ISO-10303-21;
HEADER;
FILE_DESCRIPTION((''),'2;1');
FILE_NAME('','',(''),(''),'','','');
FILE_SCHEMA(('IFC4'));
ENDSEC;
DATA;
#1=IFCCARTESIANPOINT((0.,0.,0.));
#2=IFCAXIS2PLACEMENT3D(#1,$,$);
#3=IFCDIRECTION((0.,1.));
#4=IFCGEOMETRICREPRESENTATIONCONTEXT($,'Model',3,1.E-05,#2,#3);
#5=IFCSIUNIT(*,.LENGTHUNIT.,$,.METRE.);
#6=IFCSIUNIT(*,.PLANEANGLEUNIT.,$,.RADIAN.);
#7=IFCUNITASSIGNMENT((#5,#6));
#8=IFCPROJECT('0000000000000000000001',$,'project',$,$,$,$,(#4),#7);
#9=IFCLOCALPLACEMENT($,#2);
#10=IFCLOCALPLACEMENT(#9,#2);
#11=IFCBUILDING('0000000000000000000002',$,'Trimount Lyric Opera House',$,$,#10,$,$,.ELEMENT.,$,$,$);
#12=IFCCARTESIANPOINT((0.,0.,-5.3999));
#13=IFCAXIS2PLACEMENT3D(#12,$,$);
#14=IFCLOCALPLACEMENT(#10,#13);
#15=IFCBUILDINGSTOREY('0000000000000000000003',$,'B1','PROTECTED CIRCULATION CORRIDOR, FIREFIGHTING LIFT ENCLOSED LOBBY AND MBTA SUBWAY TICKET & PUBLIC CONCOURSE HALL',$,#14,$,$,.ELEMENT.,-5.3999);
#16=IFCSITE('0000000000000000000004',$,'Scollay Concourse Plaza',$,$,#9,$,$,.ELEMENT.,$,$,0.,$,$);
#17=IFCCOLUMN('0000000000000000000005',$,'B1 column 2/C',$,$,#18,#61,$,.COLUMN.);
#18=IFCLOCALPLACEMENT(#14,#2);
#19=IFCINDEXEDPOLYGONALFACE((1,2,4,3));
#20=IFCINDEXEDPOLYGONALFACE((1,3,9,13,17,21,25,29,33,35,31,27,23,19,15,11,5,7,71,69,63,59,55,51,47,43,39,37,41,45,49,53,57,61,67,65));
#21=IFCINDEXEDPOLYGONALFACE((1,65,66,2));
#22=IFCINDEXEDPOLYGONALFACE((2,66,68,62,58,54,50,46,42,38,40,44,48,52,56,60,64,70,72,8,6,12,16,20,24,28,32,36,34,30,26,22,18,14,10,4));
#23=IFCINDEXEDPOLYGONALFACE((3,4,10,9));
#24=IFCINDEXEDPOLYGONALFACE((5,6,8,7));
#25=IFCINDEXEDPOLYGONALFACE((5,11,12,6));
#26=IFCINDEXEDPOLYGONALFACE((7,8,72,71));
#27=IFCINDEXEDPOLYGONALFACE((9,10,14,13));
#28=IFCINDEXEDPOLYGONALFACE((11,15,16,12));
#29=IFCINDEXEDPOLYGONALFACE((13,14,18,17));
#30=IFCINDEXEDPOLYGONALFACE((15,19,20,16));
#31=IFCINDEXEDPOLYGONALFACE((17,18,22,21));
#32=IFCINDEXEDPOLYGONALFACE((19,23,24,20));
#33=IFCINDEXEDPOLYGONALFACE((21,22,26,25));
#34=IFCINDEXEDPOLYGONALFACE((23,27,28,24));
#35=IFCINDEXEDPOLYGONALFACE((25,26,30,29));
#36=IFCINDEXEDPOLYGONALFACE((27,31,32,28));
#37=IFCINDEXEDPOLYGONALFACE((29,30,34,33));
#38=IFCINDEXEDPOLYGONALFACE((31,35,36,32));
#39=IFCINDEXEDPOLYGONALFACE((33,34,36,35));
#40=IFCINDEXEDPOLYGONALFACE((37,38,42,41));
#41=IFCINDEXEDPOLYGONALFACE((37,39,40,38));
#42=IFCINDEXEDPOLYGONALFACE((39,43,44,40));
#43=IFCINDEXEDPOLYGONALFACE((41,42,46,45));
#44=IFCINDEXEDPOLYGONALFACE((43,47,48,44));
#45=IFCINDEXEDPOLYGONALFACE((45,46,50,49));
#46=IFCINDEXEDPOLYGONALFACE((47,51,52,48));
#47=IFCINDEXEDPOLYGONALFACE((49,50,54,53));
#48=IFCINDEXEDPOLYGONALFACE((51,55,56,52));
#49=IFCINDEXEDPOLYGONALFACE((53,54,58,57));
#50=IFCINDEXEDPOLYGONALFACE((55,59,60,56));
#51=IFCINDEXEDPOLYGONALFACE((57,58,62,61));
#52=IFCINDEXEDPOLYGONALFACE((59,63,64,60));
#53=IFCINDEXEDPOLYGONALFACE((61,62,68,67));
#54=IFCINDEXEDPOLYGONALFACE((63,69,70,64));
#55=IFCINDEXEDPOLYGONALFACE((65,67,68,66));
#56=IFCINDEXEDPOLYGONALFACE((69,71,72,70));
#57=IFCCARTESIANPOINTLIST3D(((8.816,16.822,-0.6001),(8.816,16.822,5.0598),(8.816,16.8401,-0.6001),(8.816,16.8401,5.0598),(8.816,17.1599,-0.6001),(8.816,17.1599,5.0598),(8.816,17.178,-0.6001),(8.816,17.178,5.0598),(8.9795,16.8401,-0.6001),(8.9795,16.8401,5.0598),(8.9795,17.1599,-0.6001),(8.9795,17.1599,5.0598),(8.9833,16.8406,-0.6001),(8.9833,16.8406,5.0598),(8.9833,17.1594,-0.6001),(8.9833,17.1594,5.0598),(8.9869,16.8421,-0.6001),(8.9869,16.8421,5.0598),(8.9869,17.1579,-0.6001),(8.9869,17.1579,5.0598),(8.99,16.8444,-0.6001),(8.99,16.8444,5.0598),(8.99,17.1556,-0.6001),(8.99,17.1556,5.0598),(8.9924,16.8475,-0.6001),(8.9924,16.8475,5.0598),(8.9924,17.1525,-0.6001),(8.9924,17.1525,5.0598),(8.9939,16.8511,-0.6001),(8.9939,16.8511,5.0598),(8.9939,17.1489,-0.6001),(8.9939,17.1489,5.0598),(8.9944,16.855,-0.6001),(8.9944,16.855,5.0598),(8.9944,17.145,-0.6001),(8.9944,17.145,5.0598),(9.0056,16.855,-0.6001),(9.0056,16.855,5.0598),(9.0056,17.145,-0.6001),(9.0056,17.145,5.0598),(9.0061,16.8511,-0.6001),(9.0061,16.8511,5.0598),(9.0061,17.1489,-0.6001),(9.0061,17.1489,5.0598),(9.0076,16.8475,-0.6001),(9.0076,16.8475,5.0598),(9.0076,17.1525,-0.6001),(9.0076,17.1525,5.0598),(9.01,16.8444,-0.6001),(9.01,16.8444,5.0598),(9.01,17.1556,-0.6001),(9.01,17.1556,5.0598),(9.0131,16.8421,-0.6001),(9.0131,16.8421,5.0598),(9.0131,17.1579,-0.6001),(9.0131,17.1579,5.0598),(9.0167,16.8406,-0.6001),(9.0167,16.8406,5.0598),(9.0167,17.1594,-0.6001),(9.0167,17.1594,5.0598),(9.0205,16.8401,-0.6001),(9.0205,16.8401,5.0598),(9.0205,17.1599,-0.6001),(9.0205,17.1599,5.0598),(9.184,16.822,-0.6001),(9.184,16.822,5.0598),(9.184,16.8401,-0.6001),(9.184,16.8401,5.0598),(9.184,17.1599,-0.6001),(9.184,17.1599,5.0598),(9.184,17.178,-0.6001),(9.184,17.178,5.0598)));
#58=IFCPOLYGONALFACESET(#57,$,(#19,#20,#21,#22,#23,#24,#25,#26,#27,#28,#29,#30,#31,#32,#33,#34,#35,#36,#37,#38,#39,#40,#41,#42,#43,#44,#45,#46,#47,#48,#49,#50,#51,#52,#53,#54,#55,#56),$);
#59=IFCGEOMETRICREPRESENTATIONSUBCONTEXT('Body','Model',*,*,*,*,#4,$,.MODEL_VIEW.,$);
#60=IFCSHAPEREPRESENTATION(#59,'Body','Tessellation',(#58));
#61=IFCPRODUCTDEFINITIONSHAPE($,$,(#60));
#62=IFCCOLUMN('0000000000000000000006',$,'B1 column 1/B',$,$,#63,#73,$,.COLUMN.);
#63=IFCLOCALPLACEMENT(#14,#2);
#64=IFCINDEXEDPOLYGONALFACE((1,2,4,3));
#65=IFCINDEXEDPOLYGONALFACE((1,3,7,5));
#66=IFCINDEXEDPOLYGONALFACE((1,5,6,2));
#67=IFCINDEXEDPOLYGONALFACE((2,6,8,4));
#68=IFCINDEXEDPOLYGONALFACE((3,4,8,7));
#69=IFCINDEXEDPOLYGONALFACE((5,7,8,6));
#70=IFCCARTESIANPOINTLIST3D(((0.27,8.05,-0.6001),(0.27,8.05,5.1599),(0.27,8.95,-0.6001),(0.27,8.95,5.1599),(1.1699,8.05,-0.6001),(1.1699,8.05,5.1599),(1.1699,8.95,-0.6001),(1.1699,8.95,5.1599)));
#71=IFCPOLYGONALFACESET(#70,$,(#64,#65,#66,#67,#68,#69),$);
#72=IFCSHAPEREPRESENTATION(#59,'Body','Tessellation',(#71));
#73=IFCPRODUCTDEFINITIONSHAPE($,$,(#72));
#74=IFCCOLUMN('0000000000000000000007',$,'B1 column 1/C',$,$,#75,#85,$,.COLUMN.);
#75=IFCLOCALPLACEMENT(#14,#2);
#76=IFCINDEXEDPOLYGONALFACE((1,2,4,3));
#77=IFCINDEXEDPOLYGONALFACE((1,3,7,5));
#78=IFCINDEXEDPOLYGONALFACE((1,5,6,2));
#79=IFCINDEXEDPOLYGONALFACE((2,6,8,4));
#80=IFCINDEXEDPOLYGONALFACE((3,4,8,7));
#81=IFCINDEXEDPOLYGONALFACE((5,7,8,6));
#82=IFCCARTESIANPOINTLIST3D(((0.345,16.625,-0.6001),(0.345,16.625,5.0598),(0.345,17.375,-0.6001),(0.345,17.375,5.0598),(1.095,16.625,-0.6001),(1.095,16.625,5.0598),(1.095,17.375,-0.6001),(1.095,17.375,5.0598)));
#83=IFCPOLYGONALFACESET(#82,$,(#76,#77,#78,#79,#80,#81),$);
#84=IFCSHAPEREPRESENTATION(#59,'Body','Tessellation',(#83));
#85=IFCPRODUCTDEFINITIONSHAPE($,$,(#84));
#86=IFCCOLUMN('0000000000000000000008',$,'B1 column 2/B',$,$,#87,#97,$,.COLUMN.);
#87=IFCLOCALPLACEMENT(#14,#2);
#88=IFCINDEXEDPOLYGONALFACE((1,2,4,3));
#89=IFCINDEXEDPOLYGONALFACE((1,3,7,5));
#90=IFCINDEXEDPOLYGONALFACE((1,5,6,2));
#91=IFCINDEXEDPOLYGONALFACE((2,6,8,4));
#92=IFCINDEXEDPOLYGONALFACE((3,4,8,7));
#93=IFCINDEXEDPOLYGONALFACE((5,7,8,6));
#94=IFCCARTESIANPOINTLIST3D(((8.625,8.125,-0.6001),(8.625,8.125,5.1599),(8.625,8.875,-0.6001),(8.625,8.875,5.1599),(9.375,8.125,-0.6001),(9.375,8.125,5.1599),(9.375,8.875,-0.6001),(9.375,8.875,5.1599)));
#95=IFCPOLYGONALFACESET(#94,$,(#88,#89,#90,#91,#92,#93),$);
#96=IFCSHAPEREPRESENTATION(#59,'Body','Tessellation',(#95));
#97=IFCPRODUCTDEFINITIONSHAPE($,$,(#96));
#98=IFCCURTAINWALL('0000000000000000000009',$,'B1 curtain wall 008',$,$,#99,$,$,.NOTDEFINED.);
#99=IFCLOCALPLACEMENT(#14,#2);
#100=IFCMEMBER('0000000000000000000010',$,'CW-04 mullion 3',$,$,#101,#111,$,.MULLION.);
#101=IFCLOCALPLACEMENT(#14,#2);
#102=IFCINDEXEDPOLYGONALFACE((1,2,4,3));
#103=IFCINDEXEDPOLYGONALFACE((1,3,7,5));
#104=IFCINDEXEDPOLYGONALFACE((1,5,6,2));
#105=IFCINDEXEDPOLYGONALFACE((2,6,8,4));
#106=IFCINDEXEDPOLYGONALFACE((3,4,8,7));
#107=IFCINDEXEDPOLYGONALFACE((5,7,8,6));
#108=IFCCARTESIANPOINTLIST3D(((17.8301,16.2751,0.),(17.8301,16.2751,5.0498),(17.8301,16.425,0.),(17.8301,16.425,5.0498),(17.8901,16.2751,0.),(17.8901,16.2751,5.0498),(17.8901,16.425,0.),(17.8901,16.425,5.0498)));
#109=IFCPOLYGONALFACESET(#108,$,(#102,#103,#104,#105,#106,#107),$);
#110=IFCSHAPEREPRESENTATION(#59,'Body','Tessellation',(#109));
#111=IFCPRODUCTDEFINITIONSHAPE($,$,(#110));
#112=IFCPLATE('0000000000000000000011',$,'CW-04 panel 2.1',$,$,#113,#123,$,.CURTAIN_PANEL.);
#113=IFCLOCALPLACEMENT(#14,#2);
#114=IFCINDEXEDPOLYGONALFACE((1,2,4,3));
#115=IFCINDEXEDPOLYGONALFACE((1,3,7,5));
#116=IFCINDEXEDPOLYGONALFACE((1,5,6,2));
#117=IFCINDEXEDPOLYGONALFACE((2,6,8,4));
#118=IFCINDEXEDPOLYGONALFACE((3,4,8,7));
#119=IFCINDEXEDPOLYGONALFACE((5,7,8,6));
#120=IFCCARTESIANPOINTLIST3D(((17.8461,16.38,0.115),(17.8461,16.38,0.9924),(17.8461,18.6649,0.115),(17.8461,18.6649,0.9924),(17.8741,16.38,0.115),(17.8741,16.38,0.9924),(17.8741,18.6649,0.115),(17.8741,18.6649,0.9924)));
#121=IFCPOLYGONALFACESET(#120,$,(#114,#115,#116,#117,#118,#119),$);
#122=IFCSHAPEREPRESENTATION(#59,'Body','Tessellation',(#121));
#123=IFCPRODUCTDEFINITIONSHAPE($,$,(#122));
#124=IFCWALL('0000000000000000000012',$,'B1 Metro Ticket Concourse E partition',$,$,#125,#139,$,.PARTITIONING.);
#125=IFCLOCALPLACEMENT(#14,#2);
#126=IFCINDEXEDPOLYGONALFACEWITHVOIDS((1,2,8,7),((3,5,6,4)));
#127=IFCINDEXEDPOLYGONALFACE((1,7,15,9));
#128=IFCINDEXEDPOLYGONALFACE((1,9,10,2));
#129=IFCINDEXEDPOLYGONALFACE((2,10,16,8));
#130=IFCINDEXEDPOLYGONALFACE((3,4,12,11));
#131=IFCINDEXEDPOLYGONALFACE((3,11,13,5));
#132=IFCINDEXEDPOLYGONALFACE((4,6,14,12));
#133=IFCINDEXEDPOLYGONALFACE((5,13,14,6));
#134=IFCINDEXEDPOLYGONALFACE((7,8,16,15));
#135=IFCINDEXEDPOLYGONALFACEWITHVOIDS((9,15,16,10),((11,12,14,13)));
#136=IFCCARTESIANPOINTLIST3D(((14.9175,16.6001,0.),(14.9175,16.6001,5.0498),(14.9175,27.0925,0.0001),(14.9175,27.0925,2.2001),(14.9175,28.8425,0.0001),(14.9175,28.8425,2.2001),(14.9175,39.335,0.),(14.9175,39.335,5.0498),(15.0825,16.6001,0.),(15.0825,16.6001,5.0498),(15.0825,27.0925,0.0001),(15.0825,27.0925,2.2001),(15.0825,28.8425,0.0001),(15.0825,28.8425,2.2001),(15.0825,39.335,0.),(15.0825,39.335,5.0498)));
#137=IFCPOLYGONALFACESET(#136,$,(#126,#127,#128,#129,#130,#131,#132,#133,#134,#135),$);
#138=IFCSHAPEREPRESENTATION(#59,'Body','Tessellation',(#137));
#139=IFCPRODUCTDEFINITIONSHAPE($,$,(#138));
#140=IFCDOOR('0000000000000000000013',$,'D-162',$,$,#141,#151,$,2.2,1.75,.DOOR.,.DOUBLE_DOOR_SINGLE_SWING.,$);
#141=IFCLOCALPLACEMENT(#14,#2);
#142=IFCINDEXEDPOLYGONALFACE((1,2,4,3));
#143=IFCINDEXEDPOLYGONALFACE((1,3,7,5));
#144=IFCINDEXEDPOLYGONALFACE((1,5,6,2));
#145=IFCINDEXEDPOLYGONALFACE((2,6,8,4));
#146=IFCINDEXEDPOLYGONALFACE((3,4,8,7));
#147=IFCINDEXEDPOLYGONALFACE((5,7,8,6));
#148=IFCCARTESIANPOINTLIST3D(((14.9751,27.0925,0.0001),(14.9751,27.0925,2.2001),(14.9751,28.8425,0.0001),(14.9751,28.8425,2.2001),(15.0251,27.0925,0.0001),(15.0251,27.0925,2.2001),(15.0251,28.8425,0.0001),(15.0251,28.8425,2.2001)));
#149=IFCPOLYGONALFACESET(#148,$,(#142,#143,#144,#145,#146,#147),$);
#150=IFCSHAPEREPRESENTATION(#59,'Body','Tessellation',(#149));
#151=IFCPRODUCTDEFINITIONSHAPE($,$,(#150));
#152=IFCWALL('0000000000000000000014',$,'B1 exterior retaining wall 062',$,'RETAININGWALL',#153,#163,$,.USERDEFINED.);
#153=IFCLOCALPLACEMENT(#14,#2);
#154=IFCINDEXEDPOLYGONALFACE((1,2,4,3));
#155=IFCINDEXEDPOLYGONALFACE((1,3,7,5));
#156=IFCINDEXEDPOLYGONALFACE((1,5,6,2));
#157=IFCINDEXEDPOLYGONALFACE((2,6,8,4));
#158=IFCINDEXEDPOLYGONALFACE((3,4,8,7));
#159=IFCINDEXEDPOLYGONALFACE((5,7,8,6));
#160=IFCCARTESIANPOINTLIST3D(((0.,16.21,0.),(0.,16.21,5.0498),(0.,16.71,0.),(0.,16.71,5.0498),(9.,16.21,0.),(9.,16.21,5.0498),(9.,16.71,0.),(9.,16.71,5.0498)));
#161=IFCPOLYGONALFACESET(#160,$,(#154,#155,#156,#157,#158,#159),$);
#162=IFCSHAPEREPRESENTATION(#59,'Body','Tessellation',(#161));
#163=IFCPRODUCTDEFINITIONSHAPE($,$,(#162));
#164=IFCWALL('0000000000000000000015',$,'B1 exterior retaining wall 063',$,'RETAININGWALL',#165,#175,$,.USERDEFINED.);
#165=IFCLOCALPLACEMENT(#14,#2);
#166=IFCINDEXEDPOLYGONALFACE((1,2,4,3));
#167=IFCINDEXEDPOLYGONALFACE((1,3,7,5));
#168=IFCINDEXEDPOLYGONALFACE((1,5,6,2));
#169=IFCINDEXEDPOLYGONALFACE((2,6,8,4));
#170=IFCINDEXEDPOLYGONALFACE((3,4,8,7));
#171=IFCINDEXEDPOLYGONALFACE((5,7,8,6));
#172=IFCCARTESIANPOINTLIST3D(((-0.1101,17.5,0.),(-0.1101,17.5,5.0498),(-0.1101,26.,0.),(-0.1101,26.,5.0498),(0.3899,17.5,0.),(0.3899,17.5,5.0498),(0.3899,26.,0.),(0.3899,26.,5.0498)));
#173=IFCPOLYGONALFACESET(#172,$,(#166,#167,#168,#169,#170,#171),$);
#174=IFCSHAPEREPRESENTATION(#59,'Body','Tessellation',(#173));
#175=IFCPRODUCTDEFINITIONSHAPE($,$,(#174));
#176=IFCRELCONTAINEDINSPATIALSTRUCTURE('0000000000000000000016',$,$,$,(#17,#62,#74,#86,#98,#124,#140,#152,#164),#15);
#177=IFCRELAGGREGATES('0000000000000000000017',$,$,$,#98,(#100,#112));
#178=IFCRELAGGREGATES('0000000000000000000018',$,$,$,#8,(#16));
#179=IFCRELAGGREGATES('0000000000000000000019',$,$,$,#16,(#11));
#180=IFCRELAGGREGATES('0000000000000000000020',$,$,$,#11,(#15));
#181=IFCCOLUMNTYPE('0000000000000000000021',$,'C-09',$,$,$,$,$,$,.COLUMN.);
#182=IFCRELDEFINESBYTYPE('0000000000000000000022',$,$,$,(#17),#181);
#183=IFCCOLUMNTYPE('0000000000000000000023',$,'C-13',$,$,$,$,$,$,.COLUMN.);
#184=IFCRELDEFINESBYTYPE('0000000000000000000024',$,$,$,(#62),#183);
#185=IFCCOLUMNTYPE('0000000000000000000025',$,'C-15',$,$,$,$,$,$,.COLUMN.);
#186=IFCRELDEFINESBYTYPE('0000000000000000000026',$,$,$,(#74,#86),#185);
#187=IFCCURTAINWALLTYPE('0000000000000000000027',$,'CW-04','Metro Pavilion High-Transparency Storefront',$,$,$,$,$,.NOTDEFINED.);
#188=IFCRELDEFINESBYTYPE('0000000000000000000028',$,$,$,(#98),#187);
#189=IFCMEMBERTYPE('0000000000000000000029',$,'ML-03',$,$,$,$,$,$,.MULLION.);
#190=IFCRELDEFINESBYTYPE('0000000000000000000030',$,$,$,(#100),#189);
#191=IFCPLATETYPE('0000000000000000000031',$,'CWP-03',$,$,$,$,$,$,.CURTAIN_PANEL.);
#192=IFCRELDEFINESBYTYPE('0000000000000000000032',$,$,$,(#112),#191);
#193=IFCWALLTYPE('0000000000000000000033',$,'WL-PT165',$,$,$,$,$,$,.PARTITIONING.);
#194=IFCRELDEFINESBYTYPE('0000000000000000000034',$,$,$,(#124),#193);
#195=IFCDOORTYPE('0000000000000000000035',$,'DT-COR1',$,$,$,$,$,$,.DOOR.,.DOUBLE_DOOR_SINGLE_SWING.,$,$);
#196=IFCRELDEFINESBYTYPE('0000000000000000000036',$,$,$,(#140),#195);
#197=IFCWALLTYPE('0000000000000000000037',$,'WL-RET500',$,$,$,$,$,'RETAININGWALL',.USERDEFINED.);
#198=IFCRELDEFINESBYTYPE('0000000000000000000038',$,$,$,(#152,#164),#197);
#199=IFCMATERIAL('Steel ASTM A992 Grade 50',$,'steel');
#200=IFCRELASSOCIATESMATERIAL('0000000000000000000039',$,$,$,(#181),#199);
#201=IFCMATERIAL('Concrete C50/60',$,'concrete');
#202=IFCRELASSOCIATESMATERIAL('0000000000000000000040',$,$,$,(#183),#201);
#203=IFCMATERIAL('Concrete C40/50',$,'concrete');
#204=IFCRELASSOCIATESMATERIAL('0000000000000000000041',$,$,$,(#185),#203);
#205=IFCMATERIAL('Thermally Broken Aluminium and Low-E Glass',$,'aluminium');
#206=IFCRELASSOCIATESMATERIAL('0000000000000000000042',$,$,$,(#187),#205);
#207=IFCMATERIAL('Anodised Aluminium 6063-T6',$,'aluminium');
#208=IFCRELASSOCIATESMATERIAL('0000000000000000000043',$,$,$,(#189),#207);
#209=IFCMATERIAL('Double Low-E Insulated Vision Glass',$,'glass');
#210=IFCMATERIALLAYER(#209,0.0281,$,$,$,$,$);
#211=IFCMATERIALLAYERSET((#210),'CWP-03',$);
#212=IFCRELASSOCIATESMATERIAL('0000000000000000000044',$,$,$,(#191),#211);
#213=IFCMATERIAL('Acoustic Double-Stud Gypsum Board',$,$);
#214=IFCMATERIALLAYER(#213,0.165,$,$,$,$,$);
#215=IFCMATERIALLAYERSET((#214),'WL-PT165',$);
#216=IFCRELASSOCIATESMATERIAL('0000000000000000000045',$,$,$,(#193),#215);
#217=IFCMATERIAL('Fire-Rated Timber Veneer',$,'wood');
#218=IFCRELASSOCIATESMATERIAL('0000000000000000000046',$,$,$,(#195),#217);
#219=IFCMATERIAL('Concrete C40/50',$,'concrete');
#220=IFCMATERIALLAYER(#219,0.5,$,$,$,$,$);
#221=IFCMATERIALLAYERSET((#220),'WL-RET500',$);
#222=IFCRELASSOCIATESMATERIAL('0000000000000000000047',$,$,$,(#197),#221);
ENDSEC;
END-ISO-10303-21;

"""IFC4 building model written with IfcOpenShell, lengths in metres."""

from ifc_helpers import new_model, si_unit, direction, frame, frame_2d, origin, origin_2d, place, context, subcontext, project, spatial, rectangle, i_section, extrude, material, layer, layer_set, material_profile, profile_set, type_object, element, fill, aggregate, save


model = new_model("IFC4")

# Units and contexts
model_context = context("Model", 3, precision=1e-05, world=origin(), true_north=direction((0.0, 1.0)))
body_context = subcontext(model_context, "Body", "Model", "MODEL_VIEW")
ifc_project = project(units=[si_unit("LENGTHUNIT", "METRE"), si_unit("PLANEANGLEUNIT", "RADIAN")], contexts=[model_context])

# Site, building, storey
site_placement = place(None, origin())
site = spatial("IfcSite", under=ifc_project, at=site_placement, Name="Scollay Concourse Plaza", CompositionType="ELEMENT", RefElevation=0.0)
building_placement = place(site_placement, origin())
building = spatial("IfcBuilding", under=site, at=building_placement, Name="Trimount Lyric Opera House", CompositionType="ELEMENT")
storey_placement = place(building_placement, frame((0.0, 0.0, -5.3999)))
storey = spatial("IfcBuildingStorey", under=building, at=storey_placement, Name="B1", Description="PROTECTED CIRCULATION CORRIDOR, FIREFIGHTING LIFT ENCLOSED LOBBY AND MBTA SUBWAY TICKET & PUBLIC CONCOURSE HALL", CompositionType="ELEMENT", Elevation=-5.3999)

# Columns
ifc_material_1 = material(Name="Steel ASTM A992 Grade 50", Category="steel")
ifc_material_profile_1 = material_profile(ifc_material_1, i_section(OverallWidth=0.3679, OverallDepth=0.356, WebThickness=0.0112, FlangeThickness=0.0181, FilletRadius=0.0149, at=origin_2d()), Name="W14X90")
ifc_profile_set_1 = profile_set([ifc_material_profile_1], Name="Steel ASTM A992 Grade 50")
column_type_1 = type_object("IfcColumnType", Name="C-09", PredefinedType="COLUMN", material=ifc_profile_set_1)
column_1_placement = place(storey_placement, frame((9.0, 17.0, -0.6001), z_axis=(0.0, 0.0, 1.0), x_axis=(1.0, 0.0, 0.0)))
element("IfcColumn", 1, at=column_1_placement, inside=storey, type_object=column_type_1, Name="B1 column 2/C", PredefinedType="COLUMN", context=body_context, shape_type="SweptSolid", body=[
    extrude(i_section(OverallWidth=0.3679, OverallDepth=0.356, WebThickness=0.0112, FlangeThickness=0.0181, FilletRadius=0.0149, at=origin_2d()), origin(), (0.0, 0.0, 1.0), 5.6599),
])
ifc_material_2 = material(Name="Concrete C50/60", Category="concrete")
ifc_material_profile_2 = material_profile(ifc_material_2, rectangle(XDim=0.8999, YDim=0.8999, at=origin_2d()), Name="RC900X900")
ifc_profile_set_2 = profile_set([ifc_material_profile_2], Name="Concrete C50/60")
column_type_2 = type_object("IfcColumnType", Name="C-13", PredefinedType="COLUMN", material=ifc_profile_set_2)
column_2_placement = place(storey_placement, frame((0.72, 8.5, -0.6001), z_axis=(0.0, 0.0, 1.0), x_axis=(1.0, 0.0, 0.0)))
element("IfcColumn", 2, at=column_2_placement, inside=storey, type_object=column_type_2, Name="B1 column 1/B", PredefinedType="COLUMN", context=body_context, shape_type="SweptSolid", body=[
    extrude(rectangle(XDim=0.8999, YDim=0.8999, at=origin_2d()), origin(), (0.0, 0.0, 1.0), 5.76),
])
ifc_material_3 = material(Name="Concrete C40/50", Category="concrete")
ifc_material_profile_3 = material_profile(ifc_material_3, rectangle(XDim=0.75, YDim=0.75, at=origin_2d()), Name="RC750X750")
ifc_profile_set_3 = profile_set([ifc_material_profile_3], Name="Concrete C40/50")
column_type_3 = type_object("IfcColumnType", Name="C-15", PredefinedType="COLUMN", material=ifc_profile_set_3)
column_3_placement = place(storey_placement, frame((0.72, 17.0, -0.6001), z_axis=(0.0, 0.0, 1.0), x_axis=(1.0, 0.0, 0.0)))
element("IfcColumn", 3, at=column_3_placement, inside=storey, type_object=column_type_3, Name="B1 column 1/C", PredefinedType="COLUMN", context=body_context, shape_type="SweptSolid", body=[
    extrude(rectangle(XDim=0.75, YDim=0.75, at=origin_2d()), origin(), (0.0, 0.0, 1.0), 5.6599),
])
column_4_placement = place(storey_placement, frame((9.0, 8.5, -0.6001), z_axis=(0.0, 0.0, 1.0), x_axis=(1.0, 0.0, 0.0)))
element("IfcColumn", 4, at=column_4_placement, inside=storey, type_object=column_type_3, Name="B1 column 2/B", PredefinedType="COLUMN", context=body_context, shape_type="SweptSolid", body=[
    extrude(rectangle(XDim=0.75, YDim=0.75, at=origin_2d()), origin(), (0.0, 0.0, 1.0), 5.76),
])

# Curtain wall, member, plate
ifc_material_4 = material(Name="Thermally Broken Aluminium and Low-E Glass", Category="aluminium")
curtain_wall_type = type_object("IfcCurtainWallType", Name="CW-04", Description="Metro Pavilion High-Transparency Storefront", PredefinedType="NOTDEFINED", material=ifc_material_4)
curtain_wall_placement = place(storey_placement, origin())
curtain_wall = element("IfcCurtainWall", 5, at=curtain_wall_placement, inside=storey, type_object=curtain_wall_type, Name="B1 curtain wall 008", PredefinedType="NOTDEFINED")
ifc_material_5 = material(Name="Anodised Aluminium 6063-T6", Category="aluminium")
ifc_material_profile_4 = material_profile(ifc_material_5, rectangle(XDim=0.0601, YDim=0.1499, at=origin_2d()), Name="ALU-MULL-60X150")
ifc_profile_set_4 = profile_set([ifc_material_profile_4], Name="Anodised Aluminium 6063-T6")
member_type = type_object("IfcMemberType", Name="ML-03", PredefinedType="MULLION", material=ifc_profile_set_4)
member_placement = place(storey_placement, frame((17.8601, 16.3501, 0.0), z_axis=(0.0, 0.0, 1.0), x_axis=(1.0, 0.0, 0.0)))
member = element("IfcMember", 6, at=member_placement, type_object=member_type, Name="CW-04 mullion 3", PredefinedType="MULLION", context=body_context, shape_type="SweptSolid", body=[
    extrude(rectangle(XDim=0.0601, YDim=0.1499, at=origin_2d()), origin(), (0.0, 0.0, 1.0), 5.0498),
])
ifc_material_6 = material(Name="Double Low-E Insulated Vision Glass", Category="glass")
ifc_layer_1 = layer(ifc_material_6, 0.0281)
ifc_layer_set_1 = layer_set([ifc_layer_1], Name="CWP-03")
plate_type = type_object("IfcPlateType", Name="CWP-03", PredefinedType="CURTAIN_PANEL", material=ifc_layer_set_1)
plate_placement = place(storey_placement, frame((17.8601, 17.5225, 0.115), z_axis=(0.0, 0.0, 1.0), x_axis=(0.0, -1.0, 0.0)))
plate = element("IfcPlate", 7, at=plate_placement, type_object=plate_type, Name="CW-04 panel 2.1", PredefinedType="CURTAIN_PANEL", context=body_context, shape_type="SweptSolid", body=[
    extrude(rectangle(XDim=2.2849, YDim=0.0281, at=origin_2d()), origin(), (0.0, 0.0, 1.0), 0.8774),
])
aggregate(curtain_wall, [member, plate])

# Wall, opening, door
ifc_material_7 = material(Name="Acoustic Double-Stud Gypsum Board")
ifc_layer_2 = layer(ifc_material_7, 0.165)
ifc_layer_set_2 = layer_set([ifc_layer_2], Name="WL-PT165")
wall_type_1 = type_object("IfcWallType", Name="WL-PT165", PredefinedType="PARTITIONING", material=ifc_layer_set_2)
wall_1_placement = place(storey_placement, frame((15.0, 16.6001, 0.0), z_axis=(0.0, 0.0, 1.0), x_axis=(0.0, 1.0, 0.0)))
wall_1 = element("IfcWall", 8, at=wall_1_placement, inside=storey, type_object=wall_type_1, Name="B1 Metro Ticket Concourse E partition", PredefinedType="PARTITIONING", context=body_context, shape_type="SweptSolid", body=[
    extrude(rectangle(XDim=22.7349, YDim=0.165, at=frame_2d((11.3674, 0.0))), origin(), (0.0, 0.0, 1.0), 5.0498),
])
opening_placement = place(wall_1_placement, frame((10.4924, 0.0, 0.0)))
opening = element("IfcOpeningElement", 9, at=opening_placement, cuts=wall_1, PredefinedType="OPENING", context=body_context, shape_type="SweptSolid", body=[
    extrude(rectangle(XDim=1.75, YDim=2.2, at=frame_2d((0.875, 1.1001))), frame((0.0, 0.0925, 0.0), z_axis=(0.0, -1.0, 0.0), x_axis=(1.0, 0.0, 0.0)), (0.0, 0.0, 1.0), 0.1851),
])
ifc_material_8 = material(Name="Fire-Rated Timber Veneer", Category="wood")
door_type = type_object("IfcDoorType", Name="DT-COR1", OperationType="DOUBLE_DOOR_SINGLE_SWING", PredefinedType="DOOR", material=ifc_material_8)
door_placement = place(opening_placement, origin())
door = element("IfcDoor", 10, at=door_placement, inside=storey, type_object=door_type, Name="D-162", OperationType="DOUBLE_DOOR_SINGLE_SWING", OverallHeight=2.2, OverallWidth=1.75, PredefinedType="DOOR", context=body_context, shape_type="SweptSolid", body=[
    extrude(rectangle(XDim=1.75, YDim=2.2, at=frame_2d((0.875, 1.1001))), frame((0.0, 0.0249, 0.0), z_axis=(0.0, -1.0, 0.0), x_axis=(1.0, 0.0, 0.0)), (0.0, 0.0, 1.0), 0.05),
])
fill(opening, door)

# Walls
ifc_material_9 = material(Name="Concrete C40/50", Category="concrete")
ifc_layer_3 = layer(ifc_material_9, 0.5)
ifc_layer_set_3 = layer_set([ifc_layer_3], Name="WL-RET500")
wall_type_2 = type_object("IfcWallType", Name="WL-RET500", ElementType="RETAININGWALL", PredefinedType="USERDEFINED", material=ifc_layer_set_3)
wall_2_placement = place(storey_placement, frame((9.0, 16.46, 0.0), z_axis=(0.0, 0.0, 1.0), x_axis=(-1.0, 0.0, 0.0)))
element("IfcWall", 11, at=wall_2_placement, inside=storey, type_object=wall_type_2, Name="B1 exterior retaining wall 062", ObjectType="RETAININGWALL", PredefinedType="USERDEFINED", context=body_context, shape_type="SweptSolid", body=[
    extrude(rectangle(XDim=9.0, YDim=0.5, at=frame_2d((4.5, 0.0))), origin(), (0.0, 0.0, 1.0), 5.0498),
])
wall_3_placement = place(storey_placement, frame((0.1399, 17.5, 0.0), z_axis=(0.0, 0.0, 1.0), x_axis=(0.0, 1.0, 0.0)))
element("IfcWall", 12, at=wall_3_placement, inside=storey, type_object=wall_type_2, Name="B1 exterior retaining wall 063", ObjectType="RETAININGWALL", PredefinedType="USERDEFINED", context=body_context, shape_type="SweptSolid", body=[
    extrude(rectangle(XDim=8.5, YDim=0.5, at=frame_2d((4.25, 0.0))), origin(), (0.0, 0.0, 1.0), 5.0498),
])

save(model, "model.ifc")
